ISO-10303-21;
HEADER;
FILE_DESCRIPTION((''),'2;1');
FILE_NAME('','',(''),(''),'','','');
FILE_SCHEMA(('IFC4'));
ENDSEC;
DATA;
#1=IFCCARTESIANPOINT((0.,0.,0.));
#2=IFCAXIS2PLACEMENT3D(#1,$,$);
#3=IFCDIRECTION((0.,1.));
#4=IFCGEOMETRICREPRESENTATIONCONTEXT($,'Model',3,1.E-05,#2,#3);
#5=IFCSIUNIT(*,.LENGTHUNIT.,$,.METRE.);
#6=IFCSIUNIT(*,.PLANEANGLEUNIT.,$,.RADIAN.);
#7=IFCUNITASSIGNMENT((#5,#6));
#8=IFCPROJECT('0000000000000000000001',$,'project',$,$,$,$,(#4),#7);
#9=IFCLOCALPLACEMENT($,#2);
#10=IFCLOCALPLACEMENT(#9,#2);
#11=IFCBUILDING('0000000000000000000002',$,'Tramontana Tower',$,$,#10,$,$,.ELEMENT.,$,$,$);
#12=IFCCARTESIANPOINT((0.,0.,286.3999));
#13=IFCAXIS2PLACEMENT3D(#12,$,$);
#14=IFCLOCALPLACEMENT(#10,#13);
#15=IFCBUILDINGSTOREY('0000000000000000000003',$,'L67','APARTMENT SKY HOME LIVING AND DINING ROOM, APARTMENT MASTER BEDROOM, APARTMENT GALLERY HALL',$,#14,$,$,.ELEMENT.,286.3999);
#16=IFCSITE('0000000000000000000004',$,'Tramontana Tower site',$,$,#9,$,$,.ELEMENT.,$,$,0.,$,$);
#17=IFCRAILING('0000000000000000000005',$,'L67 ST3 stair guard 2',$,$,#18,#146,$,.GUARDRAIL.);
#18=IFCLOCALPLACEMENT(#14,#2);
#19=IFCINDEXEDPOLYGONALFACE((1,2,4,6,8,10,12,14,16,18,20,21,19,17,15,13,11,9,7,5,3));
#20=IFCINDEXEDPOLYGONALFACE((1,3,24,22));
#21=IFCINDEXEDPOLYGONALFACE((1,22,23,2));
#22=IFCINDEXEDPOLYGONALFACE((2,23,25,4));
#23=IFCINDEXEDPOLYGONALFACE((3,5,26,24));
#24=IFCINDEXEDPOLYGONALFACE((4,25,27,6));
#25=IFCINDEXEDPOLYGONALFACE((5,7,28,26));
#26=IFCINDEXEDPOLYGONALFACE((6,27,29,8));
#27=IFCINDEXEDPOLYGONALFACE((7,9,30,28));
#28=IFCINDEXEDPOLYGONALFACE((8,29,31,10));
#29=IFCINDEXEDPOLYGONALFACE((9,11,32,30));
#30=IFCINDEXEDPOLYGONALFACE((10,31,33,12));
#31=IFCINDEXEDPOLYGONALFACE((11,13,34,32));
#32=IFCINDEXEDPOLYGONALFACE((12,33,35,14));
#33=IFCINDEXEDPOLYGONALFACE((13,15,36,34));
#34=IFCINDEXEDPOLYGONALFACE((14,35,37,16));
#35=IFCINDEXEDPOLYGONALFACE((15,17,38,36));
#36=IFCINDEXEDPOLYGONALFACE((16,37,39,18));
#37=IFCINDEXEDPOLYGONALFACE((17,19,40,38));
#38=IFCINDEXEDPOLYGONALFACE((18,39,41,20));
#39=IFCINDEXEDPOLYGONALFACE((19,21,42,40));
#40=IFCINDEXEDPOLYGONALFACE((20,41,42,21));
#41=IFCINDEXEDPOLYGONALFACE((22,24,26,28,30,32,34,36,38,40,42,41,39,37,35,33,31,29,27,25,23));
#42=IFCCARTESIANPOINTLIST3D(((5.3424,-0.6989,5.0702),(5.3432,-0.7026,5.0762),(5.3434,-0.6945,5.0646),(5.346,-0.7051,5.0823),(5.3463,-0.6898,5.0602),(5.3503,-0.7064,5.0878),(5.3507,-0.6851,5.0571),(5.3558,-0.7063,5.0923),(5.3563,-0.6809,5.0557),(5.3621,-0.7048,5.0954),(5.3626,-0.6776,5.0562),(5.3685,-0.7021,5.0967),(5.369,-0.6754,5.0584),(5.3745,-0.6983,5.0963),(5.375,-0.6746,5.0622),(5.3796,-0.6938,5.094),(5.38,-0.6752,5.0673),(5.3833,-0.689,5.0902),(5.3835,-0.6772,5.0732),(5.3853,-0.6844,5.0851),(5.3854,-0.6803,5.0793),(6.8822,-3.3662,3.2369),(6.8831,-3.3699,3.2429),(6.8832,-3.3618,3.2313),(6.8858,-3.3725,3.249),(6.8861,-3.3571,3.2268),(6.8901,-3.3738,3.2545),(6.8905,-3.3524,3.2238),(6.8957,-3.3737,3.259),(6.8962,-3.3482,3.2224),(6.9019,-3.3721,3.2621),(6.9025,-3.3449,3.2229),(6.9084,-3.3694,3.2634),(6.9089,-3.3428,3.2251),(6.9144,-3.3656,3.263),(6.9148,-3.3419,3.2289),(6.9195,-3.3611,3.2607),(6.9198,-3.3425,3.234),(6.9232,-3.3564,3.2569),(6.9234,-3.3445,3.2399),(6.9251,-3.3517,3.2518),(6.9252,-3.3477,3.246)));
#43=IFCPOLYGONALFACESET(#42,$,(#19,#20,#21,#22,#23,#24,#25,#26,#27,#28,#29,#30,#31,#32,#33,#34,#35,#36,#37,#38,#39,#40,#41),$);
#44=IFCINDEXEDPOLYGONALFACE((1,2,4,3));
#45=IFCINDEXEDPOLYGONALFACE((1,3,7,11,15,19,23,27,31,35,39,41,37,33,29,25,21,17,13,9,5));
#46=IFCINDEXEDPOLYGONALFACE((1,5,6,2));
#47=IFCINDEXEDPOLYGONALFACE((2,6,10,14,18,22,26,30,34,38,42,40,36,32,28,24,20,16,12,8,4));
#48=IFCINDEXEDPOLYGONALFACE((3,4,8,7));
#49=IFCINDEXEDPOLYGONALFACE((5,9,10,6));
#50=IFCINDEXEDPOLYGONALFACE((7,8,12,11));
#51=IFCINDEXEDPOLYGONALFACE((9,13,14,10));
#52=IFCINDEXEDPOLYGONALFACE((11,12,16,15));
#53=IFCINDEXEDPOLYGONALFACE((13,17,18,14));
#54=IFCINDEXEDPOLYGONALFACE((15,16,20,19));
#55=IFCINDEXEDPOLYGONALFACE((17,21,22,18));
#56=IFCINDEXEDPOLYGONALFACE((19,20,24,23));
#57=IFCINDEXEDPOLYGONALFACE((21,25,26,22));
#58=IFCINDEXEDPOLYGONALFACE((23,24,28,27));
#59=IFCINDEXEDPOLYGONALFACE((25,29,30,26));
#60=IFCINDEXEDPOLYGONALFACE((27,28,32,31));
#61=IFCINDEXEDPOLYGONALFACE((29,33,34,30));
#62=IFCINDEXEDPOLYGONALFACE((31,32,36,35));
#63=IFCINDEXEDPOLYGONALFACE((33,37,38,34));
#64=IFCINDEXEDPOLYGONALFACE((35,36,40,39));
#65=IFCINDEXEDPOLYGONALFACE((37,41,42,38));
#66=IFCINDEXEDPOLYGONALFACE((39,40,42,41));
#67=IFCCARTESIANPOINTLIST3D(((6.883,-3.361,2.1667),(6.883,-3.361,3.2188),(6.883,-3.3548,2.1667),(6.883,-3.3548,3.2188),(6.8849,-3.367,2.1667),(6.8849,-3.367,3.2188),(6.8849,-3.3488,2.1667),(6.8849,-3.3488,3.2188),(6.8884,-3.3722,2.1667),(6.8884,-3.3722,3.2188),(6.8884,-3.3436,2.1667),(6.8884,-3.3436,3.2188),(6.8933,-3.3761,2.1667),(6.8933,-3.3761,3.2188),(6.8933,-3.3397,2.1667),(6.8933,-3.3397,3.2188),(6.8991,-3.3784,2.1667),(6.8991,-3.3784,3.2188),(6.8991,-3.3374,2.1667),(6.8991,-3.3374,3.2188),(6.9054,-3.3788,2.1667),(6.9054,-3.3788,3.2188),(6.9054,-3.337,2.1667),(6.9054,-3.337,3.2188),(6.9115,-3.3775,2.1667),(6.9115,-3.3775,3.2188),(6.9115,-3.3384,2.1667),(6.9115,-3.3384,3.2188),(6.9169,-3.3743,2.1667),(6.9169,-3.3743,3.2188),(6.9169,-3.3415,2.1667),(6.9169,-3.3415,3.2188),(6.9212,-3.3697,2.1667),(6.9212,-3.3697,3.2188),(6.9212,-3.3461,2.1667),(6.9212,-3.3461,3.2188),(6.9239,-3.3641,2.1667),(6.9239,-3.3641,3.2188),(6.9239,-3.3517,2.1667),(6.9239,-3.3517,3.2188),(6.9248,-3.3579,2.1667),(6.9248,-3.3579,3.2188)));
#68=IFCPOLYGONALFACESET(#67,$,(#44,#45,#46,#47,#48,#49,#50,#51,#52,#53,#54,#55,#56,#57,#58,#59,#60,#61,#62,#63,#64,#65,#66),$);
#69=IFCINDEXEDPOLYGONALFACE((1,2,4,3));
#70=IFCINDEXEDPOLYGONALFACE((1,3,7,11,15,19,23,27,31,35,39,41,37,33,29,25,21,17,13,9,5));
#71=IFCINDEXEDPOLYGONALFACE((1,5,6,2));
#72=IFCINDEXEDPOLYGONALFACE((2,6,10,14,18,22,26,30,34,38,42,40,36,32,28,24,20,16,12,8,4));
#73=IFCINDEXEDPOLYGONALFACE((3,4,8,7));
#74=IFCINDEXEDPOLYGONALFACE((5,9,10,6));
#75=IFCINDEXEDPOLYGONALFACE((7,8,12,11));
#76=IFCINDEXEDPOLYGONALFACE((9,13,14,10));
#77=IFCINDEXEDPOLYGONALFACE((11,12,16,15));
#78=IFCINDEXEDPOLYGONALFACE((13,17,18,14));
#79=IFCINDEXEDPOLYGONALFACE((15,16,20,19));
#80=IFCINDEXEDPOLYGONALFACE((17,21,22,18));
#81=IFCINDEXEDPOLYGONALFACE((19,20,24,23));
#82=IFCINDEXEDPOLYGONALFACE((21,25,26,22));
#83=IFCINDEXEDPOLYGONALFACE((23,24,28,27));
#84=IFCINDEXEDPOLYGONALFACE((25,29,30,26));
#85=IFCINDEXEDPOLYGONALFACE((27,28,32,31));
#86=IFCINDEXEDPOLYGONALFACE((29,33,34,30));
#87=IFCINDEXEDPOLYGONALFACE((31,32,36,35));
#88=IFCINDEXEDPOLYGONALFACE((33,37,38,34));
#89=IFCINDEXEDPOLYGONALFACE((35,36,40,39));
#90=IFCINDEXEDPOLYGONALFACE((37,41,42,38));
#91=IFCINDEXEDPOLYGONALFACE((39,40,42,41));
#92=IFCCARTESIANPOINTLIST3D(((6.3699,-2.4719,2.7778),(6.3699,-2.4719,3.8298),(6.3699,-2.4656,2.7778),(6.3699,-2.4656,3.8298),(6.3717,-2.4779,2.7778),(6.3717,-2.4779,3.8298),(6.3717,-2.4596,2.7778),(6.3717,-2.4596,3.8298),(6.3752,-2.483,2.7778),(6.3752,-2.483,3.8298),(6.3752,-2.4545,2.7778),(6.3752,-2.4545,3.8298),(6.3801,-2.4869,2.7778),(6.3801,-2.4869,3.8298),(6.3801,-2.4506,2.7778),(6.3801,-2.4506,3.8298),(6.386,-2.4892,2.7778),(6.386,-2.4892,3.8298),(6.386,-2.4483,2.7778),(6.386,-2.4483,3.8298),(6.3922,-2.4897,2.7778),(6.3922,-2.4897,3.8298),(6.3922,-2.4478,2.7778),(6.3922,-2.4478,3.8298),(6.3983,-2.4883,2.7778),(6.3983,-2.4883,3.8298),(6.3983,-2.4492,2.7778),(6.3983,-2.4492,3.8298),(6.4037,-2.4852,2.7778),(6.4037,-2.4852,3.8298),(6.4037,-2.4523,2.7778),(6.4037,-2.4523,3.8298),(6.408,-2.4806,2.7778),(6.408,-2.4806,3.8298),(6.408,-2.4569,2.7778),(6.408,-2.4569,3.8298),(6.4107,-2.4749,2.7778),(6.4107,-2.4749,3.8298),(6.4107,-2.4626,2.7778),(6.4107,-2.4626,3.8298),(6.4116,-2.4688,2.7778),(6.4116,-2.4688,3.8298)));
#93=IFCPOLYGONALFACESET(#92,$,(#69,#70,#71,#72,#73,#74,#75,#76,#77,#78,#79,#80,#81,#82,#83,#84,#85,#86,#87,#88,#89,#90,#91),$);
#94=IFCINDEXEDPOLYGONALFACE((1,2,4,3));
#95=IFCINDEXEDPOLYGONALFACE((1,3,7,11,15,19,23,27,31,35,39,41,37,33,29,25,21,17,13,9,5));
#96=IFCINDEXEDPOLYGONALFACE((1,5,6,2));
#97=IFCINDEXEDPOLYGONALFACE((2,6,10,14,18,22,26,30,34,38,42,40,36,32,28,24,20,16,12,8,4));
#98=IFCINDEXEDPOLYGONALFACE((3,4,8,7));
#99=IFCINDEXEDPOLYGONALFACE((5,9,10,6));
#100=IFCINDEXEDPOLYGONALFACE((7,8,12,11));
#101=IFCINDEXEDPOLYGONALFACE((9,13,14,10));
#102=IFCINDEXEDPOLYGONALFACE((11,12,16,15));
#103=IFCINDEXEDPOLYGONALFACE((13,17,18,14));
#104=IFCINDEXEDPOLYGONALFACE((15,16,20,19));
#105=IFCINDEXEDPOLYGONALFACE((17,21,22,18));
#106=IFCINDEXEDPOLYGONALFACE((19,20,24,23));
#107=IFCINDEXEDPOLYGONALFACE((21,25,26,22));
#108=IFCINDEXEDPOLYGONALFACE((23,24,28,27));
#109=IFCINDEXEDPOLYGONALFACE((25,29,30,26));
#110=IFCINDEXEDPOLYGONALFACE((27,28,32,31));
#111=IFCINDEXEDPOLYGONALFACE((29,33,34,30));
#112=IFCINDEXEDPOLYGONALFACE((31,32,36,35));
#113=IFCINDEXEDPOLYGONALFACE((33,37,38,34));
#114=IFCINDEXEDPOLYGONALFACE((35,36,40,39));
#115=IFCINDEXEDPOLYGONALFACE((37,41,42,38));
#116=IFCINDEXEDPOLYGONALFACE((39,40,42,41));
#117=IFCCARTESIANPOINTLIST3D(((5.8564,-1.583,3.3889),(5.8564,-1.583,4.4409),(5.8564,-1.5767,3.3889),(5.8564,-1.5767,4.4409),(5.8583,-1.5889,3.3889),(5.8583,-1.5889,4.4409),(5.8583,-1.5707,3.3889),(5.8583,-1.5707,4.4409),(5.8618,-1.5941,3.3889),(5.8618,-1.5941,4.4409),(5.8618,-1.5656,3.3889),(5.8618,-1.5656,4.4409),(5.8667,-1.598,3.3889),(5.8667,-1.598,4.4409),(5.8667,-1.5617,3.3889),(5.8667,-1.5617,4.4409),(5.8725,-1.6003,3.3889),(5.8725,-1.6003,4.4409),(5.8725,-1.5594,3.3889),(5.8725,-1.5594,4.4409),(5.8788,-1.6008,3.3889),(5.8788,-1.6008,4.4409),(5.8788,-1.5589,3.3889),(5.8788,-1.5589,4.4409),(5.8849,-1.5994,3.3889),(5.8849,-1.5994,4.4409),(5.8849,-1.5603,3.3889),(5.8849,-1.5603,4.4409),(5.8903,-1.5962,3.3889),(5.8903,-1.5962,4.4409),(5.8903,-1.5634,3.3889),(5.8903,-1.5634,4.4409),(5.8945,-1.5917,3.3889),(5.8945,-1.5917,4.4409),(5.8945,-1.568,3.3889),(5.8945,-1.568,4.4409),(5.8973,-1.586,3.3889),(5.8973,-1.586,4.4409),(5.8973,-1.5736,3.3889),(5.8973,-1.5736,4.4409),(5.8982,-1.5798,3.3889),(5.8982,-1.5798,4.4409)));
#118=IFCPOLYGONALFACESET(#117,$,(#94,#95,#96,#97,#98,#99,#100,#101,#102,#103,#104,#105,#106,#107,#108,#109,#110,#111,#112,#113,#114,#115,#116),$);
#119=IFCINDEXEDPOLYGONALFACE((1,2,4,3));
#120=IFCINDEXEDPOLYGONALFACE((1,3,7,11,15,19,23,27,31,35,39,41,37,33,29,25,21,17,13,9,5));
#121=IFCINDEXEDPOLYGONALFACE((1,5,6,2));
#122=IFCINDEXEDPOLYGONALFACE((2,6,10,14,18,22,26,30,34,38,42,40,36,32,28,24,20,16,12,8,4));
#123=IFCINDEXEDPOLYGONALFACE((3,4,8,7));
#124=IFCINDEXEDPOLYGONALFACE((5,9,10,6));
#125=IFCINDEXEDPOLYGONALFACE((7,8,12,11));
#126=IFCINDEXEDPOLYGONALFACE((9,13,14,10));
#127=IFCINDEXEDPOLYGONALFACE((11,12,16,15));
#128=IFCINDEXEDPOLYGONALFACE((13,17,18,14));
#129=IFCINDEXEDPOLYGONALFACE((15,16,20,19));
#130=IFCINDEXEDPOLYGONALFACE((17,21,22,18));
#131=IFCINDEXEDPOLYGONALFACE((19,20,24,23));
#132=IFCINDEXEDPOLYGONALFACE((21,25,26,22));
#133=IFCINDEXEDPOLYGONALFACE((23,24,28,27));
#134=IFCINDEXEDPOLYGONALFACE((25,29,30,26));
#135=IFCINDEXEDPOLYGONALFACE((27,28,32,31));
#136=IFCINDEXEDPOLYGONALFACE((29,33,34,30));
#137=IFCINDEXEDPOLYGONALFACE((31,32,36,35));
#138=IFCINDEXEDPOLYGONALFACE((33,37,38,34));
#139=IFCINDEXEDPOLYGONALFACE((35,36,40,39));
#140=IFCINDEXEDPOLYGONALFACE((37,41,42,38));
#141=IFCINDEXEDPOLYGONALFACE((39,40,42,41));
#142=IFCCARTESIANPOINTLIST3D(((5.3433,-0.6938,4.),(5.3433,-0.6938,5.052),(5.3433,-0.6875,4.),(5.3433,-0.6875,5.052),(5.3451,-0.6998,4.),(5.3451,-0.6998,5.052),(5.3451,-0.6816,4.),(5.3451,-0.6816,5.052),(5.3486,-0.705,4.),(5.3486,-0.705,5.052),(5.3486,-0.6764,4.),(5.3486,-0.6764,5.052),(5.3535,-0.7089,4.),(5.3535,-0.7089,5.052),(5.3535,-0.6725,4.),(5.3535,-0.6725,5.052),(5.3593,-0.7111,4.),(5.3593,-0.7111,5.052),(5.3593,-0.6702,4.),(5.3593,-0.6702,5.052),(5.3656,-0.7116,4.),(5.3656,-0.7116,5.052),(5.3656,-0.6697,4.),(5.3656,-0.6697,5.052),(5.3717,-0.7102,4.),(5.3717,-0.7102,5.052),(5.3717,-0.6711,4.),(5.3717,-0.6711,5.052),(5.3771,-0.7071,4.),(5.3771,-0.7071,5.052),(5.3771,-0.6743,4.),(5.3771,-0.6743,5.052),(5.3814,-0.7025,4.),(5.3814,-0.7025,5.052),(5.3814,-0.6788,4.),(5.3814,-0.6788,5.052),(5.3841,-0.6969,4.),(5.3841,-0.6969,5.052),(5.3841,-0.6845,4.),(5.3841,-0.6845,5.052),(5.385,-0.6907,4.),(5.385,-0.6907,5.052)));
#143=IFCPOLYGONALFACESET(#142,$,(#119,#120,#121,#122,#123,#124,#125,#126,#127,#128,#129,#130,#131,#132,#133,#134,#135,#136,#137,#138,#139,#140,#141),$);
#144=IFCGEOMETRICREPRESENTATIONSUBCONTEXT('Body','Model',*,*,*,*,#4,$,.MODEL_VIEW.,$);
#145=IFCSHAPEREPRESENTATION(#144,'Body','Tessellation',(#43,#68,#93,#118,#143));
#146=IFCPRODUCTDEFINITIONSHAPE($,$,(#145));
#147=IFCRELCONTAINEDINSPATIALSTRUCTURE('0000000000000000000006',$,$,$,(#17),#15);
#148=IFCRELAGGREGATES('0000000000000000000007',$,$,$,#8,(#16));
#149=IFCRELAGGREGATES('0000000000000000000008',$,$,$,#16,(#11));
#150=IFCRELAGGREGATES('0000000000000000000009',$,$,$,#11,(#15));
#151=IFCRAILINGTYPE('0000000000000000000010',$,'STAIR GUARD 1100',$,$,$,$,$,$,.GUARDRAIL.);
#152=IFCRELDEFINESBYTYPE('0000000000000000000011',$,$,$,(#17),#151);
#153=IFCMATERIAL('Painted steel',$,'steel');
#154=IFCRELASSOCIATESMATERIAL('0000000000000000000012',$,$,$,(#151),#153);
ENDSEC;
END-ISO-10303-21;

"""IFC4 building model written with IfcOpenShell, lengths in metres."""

from ifc_helpers import new_model, si_unit, direction, frame, origin, origin_2d, place, context, subcontext, project, spatial, circle, extrude, material, type_object, element, save


model = new_model("IFC4")

# Units and contexts
model_context = context("Model", 3, precision=1e-05, world=origin(), true_north=direction((0.0, 1.0)))
body_context = subcontext(model_context, "Body", "Model", "MODEL_VIEW")
ifc_project = project(units=[si_unit("LENGTHUNIT", "METRE"), si_unit("PLANEANGLEUNIT", "RADIAN")], contexts=[model_context])

# Site, building, storey
site_placement = place(None, origin())
site = spatial("IfcSite", under=ifc_project, at=site_placement, Name="Tramontana Tower site", CompositionType="ELEMENT", RefElevation=0.0)
building_placement = place(site_placement, origin())
building = spatial("IfcBuilding", under=site, at=building_placement, Name="Tramontana Tower", CompositionType="ELEMENT")
storey_placement = place(building_placement, frame((0.0, 0.0, 286.3999)))
storey = spatial("IfcBuildingStorey", under=building, at=storey_placement, Name="L67", Description="APARTMENT SKY HOME LIVING AND DINING ROOM, APARTMENT MASTER BEDROOM, APARTMENT GALLERY HALL", CompositionType="ELEMENT", Elevation=286.3999)

# Railing
ifc_material_1 = material(Name="Painted steel", Category="steel")
railing_type_1 = type_object("IfcRailingType", Name="STAIR GUARD 1100", PredefinedType="GUARDRAIL", material=ifc_material_1)
railing_1_placement = place(storey_placement, frame((6.9038, -3.3579, 2.1667)))
element("IfcRailing", 1, at=railing_1_placement, inside=storey, type_object=railing_type_1, Name="L67 ST3 stair guard 2", PredefinedType="GUARDRAIL", context=body_context, shape_type="SweptSolid", body=[
    extrude(circle(Radius=0.0239, at=origin_2d()), frame((0.0, 0.0, 1.0762), z_axis=(-0.429616, 0.744181, 0.511493), x_axis=(-0.866044, -0.499967, 0.0)), (0.0, 0.0, 1.0), 3.5842),
    extrude(circle(Radius=0.021, at=origin_2d()), origin(), (0.0, 0.0, 1.0), 1.052),
    extrude(circle(Radius=0.021, at=origin_2d()), frame((-0.5132, 0.8892, 0.6111)), (0.0, 0.0, 1.0), 1.052),
    extrude(circle(Radius=0.021, at=origin_2d()), frame((-1.0266, 1.7781, 1.2222)), (0.0, 0.0, 1.0), 1.052),
    extrude(circle(Radius=0.021, at=origin_2d()), frame((-1.5398, 2.6672, 1.8333)), (0.0, 0.0, 1.0), 1.052),
])

save(model, "model.ifc")
